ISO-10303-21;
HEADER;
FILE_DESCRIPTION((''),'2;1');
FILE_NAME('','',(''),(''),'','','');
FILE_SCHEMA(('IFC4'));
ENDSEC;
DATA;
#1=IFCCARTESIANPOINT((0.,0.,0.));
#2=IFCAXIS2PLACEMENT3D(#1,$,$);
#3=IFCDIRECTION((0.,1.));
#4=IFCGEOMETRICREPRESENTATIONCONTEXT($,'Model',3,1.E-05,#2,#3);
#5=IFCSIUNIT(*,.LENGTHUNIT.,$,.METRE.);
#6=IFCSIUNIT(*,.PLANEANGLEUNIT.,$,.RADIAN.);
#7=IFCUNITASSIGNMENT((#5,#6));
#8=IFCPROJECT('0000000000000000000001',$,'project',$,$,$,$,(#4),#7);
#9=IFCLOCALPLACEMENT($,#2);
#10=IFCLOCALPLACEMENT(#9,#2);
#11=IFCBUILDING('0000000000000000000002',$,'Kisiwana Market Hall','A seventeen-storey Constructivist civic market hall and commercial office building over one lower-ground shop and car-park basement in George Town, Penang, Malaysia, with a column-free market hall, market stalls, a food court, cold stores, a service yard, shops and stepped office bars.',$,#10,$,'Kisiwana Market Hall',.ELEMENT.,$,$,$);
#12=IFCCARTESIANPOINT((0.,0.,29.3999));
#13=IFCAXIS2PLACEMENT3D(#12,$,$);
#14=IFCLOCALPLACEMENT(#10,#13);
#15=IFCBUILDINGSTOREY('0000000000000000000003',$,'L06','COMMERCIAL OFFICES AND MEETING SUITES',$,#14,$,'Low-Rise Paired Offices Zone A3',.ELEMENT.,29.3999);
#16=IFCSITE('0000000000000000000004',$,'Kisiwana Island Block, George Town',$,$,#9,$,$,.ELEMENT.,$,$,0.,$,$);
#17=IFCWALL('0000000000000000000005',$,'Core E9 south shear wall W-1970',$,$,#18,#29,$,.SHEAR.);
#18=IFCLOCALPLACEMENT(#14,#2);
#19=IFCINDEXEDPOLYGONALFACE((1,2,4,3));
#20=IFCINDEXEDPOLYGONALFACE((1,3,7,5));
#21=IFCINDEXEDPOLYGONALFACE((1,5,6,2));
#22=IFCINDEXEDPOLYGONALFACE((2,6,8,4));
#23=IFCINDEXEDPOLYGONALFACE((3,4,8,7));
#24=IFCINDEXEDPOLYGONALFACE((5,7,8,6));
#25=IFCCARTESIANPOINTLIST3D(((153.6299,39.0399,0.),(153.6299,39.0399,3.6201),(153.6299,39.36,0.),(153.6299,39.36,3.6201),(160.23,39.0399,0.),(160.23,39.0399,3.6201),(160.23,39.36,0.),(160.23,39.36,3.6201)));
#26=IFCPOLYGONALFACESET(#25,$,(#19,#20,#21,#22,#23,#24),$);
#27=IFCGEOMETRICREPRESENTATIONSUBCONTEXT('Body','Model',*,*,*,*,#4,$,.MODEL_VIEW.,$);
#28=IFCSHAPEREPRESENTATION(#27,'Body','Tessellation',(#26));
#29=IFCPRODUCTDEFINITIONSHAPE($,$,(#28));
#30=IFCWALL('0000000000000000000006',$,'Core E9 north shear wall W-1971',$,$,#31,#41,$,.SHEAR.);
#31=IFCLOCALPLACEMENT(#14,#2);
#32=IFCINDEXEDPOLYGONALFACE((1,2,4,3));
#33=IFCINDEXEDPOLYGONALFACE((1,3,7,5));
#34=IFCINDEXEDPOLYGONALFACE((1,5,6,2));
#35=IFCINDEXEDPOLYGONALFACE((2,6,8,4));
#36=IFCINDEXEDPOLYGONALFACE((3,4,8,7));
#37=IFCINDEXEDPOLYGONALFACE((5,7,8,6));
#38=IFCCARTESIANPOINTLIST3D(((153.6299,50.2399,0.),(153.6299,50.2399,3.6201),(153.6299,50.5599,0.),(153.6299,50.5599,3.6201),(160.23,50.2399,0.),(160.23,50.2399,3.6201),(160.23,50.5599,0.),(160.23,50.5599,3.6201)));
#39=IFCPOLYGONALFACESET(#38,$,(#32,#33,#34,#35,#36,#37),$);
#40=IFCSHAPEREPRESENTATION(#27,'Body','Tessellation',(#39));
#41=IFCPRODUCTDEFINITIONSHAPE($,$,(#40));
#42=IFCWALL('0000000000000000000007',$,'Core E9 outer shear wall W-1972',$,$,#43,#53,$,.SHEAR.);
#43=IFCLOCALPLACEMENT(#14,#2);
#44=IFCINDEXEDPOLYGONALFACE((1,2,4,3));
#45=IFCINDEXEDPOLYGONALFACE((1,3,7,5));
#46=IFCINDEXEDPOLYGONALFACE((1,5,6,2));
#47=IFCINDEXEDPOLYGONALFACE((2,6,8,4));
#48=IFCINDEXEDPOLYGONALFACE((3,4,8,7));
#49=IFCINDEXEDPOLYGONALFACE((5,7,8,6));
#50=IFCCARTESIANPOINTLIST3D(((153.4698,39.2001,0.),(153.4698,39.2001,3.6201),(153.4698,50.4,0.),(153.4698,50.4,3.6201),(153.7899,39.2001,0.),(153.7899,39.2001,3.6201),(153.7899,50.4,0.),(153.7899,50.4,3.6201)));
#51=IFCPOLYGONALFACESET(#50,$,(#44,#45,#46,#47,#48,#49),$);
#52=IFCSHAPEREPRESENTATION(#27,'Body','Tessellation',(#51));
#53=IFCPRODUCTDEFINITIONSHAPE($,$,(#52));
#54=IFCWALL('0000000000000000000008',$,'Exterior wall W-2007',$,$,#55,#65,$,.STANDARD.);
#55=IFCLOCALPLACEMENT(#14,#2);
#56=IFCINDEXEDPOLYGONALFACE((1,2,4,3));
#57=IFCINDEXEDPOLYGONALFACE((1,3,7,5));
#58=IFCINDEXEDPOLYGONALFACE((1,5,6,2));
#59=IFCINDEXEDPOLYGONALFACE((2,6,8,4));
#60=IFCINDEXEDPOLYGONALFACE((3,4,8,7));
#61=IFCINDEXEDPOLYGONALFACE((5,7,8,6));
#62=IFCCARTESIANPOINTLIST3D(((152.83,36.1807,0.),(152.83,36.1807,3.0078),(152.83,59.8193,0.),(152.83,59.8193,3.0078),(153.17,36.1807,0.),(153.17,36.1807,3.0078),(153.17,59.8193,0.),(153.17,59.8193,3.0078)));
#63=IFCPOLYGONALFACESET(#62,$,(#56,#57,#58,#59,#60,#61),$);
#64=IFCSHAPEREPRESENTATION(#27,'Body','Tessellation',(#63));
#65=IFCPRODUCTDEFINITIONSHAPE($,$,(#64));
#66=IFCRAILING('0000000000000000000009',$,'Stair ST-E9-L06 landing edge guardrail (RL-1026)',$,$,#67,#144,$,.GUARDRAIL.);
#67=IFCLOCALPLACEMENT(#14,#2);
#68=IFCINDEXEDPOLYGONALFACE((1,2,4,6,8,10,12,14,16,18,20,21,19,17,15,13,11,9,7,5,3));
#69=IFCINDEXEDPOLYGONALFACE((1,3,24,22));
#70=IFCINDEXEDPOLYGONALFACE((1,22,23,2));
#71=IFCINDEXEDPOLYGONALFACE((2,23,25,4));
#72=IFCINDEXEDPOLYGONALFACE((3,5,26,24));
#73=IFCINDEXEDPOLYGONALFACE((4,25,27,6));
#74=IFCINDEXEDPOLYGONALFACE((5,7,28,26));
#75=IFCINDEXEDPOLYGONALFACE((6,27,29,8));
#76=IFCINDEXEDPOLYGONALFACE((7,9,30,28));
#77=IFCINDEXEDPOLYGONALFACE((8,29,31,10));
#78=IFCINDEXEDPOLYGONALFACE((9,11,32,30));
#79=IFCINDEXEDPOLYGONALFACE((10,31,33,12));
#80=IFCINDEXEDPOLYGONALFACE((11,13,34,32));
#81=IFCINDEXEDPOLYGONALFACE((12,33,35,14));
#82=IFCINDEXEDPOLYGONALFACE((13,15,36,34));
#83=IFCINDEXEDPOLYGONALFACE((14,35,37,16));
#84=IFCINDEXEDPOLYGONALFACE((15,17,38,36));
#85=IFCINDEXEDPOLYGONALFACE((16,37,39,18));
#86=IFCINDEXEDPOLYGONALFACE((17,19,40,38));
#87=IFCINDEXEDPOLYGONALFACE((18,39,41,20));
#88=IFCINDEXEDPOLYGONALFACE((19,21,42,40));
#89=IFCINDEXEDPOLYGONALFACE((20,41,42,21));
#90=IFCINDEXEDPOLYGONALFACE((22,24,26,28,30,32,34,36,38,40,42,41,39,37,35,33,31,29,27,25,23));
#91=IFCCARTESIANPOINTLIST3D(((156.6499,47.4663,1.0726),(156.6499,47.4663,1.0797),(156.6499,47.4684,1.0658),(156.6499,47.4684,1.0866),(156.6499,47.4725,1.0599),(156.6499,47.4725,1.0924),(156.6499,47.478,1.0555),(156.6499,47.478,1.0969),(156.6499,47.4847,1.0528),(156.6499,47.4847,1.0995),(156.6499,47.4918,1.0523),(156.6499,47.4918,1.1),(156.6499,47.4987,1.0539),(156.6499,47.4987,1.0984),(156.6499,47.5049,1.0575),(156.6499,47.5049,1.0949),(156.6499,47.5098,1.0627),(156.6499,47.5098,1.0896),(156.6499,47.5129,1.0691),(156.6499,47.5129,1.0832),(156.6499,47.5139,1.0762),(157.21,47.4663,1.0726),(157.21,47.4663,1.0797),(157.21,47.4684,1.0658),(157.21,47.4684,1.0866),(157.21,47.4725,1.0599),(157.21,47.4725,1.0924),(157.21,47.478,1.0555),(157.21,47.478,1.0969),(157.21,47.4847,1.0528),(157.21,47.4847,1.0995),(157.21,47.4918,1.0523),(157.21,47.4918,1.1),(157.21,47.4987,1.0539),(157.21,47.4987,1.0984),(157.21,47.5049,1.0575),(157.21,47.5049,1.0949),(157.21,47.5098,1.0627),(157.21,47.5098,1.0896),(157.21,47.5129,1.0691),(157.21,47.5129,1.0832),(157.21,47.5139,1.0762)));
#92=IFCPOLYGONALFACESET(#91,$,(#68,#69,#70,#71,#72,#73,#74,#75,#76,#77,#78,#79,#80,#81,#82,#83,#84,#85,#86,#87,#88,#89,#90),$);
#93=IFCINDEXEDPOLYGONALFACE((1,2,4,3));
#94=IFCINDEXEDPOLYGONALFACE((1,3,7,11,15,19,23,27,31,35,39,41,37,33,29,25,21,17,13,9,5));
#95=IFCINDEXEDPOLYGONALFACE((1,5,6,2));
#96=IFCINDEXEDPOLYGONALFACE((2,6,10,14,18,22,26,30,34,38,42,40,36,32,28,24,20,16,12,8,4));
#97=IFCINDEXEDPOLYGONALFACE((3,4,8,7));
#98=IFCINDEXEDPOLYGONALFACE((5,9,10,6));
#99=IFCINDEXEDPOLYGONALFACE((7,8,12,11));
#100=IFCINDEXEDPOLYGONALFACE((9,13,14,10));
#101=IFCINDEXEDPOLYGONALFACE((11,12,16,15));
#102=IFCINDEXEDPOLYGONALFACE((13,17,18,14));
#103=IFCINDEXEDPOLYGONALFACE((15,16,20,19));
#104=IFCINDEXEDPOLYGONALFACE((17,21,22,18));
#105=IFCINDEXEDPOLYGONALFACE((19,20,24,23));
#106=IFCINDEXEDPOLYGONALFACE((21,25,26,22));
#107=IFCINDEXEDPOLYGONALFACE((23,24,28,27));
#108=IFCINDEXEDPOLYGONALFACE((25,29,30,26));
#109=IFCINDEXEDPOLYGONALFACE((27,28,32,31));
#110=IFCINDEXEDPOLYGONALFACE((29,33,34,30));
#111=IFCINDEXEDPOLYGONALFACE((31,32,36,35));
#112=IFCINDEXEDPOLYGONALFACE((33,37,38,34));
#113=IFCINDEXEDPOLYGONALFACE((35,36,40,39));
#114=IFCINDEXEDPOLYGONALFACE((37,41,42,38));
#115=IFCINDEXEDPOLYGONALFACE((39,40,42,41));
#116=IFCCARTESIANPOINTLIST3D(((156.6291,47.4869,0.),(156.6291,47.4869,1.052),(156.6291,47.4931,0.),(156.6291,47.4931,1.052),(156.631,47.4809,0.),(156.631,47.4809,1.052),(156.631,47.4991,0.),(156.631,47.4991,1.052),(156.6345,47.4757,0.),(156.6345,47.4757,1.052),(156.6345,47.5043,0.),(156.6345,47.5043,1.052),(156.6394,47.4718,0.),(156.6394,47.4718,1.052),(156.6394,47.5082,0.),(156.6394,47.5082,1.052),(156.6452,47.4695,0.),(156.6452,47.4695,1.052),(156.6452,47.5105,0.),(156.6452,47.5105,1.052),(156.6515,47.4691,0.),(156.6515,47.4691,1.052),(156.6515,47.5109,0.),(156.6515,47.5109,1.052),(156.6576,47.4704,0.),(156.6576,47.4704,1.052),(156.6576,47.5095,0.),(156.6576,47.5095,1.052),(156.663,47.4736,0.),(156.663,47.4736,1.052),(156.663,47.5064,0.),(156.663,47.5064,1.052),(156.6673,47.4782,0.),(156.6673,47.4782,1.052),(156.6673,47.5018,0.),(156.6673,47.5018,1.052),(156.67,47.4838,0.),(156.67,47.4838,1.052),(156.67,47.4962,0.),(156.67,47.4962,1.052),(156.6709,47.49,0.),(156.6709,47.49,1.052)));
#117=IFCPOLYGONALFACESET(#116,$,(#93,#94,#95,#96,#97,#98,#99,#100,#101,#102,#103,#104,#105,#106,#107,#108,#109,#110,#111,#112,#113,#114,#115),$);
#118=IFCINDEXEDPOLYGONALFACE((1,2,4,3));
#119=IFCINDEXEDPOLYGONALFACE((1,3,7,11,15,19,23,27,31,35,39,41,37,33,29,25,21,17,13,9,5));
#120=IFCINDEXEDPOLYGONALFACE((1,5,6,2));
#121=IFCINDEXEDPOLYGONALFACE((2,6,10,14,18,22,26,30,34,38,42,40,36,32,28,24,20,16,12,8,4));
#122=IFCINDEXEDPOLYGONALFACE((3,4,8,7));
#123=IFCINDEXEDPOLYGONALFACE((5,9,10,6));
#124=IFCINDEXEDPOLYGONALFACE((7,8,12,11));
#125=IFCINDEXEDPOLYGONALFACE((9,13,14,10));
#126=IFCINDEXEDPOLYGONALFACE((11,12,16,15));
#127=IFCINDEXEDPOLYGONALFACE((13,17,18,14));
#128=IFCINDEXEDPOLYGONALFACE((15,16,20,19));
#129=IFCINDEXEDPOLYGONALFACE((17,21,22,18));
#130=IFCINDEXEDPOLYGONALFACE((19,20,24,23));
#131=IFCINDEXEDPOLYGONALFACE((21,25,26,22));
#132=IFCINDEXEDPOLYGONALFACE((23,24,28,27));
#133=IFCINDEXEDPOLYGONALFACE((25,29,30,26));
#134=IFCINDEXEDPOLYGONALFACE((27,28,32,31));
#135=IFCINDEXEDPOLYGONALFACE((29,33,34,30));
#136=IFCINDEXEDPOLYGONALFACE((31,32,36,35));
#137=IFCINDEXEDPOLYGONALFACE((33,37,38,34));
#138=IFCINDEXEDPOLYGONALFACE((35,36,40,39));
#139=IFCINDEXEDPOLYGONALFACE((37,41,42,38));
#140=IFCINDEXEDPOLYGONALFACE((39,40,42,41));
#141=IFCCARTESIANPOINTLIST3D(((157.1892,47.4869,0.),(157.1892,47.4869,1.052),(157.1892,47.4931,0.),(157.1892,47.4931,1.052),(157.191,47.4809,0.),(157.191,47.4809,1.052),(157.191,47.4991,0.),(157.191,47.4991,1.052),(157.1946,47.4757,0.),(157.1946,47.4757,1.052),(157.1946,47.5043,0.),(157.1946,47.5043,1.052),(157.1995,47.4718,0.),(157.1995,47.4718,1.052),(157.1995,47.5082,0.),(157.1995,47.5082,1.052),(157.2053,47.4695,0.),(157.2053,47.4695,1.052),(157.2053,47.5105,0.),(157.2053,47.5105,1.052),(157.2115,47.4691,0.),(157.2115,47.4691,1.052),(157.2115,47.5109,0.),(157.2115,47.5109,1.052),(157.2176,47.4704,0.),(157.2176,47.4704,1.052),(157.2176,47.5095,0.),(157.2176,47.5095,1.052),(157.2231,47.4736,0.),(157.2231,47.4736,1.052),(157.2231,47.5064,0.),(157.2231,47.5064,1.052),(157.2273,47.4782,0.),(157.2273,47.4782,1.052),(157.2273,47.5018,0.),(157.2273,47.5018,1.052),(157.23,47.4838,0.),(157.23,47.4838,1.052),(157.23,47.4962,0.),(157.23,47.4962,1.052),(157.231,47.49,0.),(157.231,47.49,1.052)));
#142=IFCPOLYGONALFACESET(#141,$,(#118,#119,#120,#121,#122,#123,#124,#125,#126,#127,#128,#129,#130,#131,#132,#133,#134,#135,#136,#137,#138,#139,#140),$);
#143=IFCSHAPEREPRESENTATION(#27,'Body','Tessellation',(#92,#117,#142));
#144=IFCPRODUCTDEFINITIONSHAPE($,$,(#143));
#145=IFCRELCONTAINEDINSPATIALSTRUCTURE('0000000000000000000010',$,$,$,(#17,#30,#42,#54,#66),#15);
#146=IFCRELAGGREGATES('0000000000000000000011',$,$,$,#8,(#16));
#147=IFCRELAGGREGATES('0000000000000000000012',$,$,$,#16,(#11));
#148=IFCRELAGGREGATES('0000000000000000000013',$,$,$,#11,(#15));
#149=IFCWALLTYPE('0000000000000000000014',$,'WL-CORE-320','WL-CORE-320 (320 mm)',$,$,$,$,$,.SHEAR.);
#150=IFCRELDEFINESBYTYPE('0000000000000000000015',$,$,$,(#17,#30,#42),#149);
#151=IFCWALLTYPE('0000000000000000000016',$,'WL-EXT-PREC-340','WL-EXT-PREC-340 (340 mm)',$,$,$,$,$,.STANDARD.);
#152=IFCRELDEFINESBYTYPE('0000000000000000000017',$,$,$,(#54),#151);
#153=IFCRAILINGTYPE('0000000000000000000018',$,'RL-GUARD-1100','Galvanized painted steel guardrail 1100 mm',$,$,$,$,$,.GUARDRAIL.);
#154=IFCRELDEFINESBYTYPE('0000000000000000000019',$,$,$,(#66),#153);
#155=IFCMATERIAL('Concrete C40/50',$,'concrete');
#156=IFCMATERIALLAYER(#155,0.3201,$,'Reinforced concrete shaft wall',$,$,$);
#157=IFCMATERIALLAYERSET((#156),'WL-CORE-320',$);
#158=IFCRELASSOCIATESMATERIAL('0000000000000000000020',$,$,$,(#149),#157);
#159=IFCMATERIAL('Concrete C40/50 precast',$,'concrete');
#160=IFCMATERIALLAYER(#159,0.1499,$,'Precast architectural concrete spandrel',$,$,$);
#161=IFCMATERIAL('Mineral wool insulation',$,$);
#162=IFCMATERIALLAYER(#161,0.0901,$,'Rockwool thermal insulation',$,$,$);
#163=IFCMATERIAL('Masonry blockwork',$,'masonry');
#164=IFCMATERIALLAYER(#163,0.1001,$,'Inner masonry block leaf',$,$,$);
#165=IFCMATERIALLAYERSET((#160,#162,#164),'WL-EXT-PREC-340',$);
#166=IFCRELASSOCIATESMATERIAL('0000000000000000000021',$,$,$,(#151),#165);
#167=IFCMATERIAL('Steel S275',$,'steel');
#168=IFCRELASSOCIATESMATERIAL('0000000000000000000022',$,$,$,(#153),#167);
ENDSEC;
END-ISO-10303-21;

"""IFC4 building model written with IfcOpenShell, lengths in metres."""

from ifc_helpers import new_model, si_unit, direction, frame, frame_2d, origin, origin_2d, place, context, subcontext, project, spatial, rectangle, circle, extrude, material, layer, layer_set, type_object, element, save


model = new_model("IFC4")

# Units and contexts
model_context = context("Model", 3, precision=1e-05, world=origin(), true_north=direction((0.0, 1.0)))
body_context = subcontext(model_context, "Body", "Model", "MODEL_VIEW")
ifc_project = project(units=[si_unit("LENGTHUNIT", "METRE"), si_unit("PLANEANGLEUNIT", "RADIAN")], contexts=[model_context])

# Site, building, storey
site_placement = place(None, origin())
site = spatial("IfcSite", under=ifc_project, at=site_placement, Name="Kisiwana Island Block, George Town", CompositionType="ELEMENT", RefElevation=0.0)
building_placement = place(site_placement, origin())
building = spatial("IfcBuilding", under=site, at=building_placement, Name="Kisiwana Market Hall", Description="A seventeen-storey Constructivist civic market hall and commercial office building over one lower-ground shop and car-park basement in George Town, Penang, Malaysia, with a column-free market hall, market stalls, a food court, cold stores, a service yard, shops and stepped office bars.", LongName="Kisiwana Market Hall", CompositionType="ELEMENT")
storey_placement = place(building_placement, frame((0.0, 0.0, 29.3999)))
storey = spatial("IfcBuildingStorey", under=building, at=storey_placement, Name="L06", Description="COMMERCIAL OFFICES AND MEETING SUITES", LongName="Low-Rise Paired Offices Zone A3", CompositionType="ELEMENT", Elevation=29.3999)

# Walls
ifc_material_1 = material(Name="Concrete C40/50", Category="concrete")
ifc_layer_1 = layer(ifc_material_1, 0.3201, Name="Reinforced concrete shaft wall")
ifc_layer_set_1 = layer_set([ifc_layer_1], Name="WL-CORE-320")
wall_type_1 = type_object("IfcWallType", Name="WL-CORE-320", Description="WL-CORE-320 (320 mm)", PredefinedType="SHEAR", material=ifc_layer_set_1)
for number, where, z_axis, x_axis, name in (
    (1, (153.6299, 39.2, 0.0), (0.0, 0.0, 1.0), (1.0, 0.0, 0.0), "Core E9 south shear wall W-1970"),
    (2, (153.6299, 50.3999, 0.0), (0.0, 0.0, 1.0), (1.0, 0.0, 0.0), "Core E9 north shear wall W-1971"),
):
    element("IfcWall", number, at=place(storey_placement, frame(where, z_axis=z_axis, x_axis=x_axis)), inside=storey, type_object=wall_type_1, Name=name, PredefinedType="SHEAR", context=body_context, shape_type="SweptSolid", body=[
        extrude(rectangle(XDim=6.6001, YDim=0.3201, at=frame_2d((3.3, 0.0))), origin(), (0.0, 0.0, 1.0), 3.6201),
    ])
wall_1_placement = place(storey_placement, frame((153.6299, 39.2, 0.0), z_axis=(0.0, 0.0, 1.0), x_axis=(0.0, 1.0, 0.0)))
element("IfcWall", 3, at=wall_1_placement, inside=storey, type_object=wall_type_1, Name="Core E9 outer shear wall W-1972", PredefinedType="SHEAR", context=body_context, shape_type="SweptSolid", body=[
    extrude(rectangle(XDim=11.2, YDim=0.3201, at=frame_2d((5.6001, 0.0))), origin(), (0.0, 0.0, 1.0), 3.6201),
])
ifc_material_2 = material(Name="Concrete C40/50 precast", Category="concrete")
ifc_layer_2 = layer(ifc_material_2, 0.1499, Name="Precast architectural concrete spandrel")
ifc_material_3 = material(Name="Mineral wool insulation")
ifc_layer_3 = layer(ifc_material_3, 0.0901, Name="Rockwool thermal insulation")
ifc_material_4 = material(Name="Masonry blockwork", Category="masonry")
ifc_layer_4 = layer(ifc_material_4, 0.1001, Name="Inner masonry block leaf")
ifc_layer_set_2 = layer_set([ifc_layer_2, ifc_layer_3, ifc_layer_4], Name="WL-EXT-PREC-340")
wall_type_2 = type_object("IfcWallType", Name="WL-EXT-PREC-340", Description="WL-EXT-PREC-340 (340 mm)", PredefinedType="STANDARD", material=ifc_layer_set_2)
wall_2_placement = place(storey_placement, frame((153.0, 36.1807, 0.0), z_axis=(0.0, 0.0, 1.0), x_axis=(0.0, 1.0, 0.0)))
element("IfcWall", 4, at=wall_2_placement, inside=storey, type_object=wall_type_2, Name="Exterior wall W-2007", PredefinedType="STANDARD", context=body_context, shape_type="SweptSolid", body=[
    extrude(rectangle(XDim=23.6387, YDim=0.3401, at=frame_2d((11.8193, 0.0))), origin(), (0.0, 0.0, 1.0), 3.0078),
])

# Railing
ifc_material_5 = material(Name="Steel S275", Category="steel")
railing_type_1 = type_object("IfcRailingType", Name="RL-GUARD-1100", Description="Galvanized painted steel guardrail 1100 mm", PredefinedType="GUARDRAIL", material=ifc_material_5)
railing_1_placement = place(storey_placement, frame((156.6499, 47.49, 0.0)))
element("IfcRailing", 5, at=railing_1_placement, inside=storey, type_object=railing_type_1, Name="Stair ST-E9-L06 landing edge guardrail (RL-1026)", PredefinedType="GUARDRAIL", context=body_context, shape_type="SweptSolid", body=[
    extrude(circle(Radius=0.0239, at=origin_2d()), frame((0.0, 0.0, 1.0762), z_axis=(1.0, 0.0, 0.0), x_axis=(0.0, 1.0, 0.0)), (0.0, 0.0, 1.0), 0.5601),
    extrude(circle(Radius=0.021, at=origin_2d()), origin(), (0.0, 0.0, 1.0), 1.052),
    extrude(circle(Radius=0.021, at=origin_2d()), frame((0.5601, 0.0, 0.0)), (0.0, 0.0, 1.0), 1.052),
])

save(model, "model.ifc")
